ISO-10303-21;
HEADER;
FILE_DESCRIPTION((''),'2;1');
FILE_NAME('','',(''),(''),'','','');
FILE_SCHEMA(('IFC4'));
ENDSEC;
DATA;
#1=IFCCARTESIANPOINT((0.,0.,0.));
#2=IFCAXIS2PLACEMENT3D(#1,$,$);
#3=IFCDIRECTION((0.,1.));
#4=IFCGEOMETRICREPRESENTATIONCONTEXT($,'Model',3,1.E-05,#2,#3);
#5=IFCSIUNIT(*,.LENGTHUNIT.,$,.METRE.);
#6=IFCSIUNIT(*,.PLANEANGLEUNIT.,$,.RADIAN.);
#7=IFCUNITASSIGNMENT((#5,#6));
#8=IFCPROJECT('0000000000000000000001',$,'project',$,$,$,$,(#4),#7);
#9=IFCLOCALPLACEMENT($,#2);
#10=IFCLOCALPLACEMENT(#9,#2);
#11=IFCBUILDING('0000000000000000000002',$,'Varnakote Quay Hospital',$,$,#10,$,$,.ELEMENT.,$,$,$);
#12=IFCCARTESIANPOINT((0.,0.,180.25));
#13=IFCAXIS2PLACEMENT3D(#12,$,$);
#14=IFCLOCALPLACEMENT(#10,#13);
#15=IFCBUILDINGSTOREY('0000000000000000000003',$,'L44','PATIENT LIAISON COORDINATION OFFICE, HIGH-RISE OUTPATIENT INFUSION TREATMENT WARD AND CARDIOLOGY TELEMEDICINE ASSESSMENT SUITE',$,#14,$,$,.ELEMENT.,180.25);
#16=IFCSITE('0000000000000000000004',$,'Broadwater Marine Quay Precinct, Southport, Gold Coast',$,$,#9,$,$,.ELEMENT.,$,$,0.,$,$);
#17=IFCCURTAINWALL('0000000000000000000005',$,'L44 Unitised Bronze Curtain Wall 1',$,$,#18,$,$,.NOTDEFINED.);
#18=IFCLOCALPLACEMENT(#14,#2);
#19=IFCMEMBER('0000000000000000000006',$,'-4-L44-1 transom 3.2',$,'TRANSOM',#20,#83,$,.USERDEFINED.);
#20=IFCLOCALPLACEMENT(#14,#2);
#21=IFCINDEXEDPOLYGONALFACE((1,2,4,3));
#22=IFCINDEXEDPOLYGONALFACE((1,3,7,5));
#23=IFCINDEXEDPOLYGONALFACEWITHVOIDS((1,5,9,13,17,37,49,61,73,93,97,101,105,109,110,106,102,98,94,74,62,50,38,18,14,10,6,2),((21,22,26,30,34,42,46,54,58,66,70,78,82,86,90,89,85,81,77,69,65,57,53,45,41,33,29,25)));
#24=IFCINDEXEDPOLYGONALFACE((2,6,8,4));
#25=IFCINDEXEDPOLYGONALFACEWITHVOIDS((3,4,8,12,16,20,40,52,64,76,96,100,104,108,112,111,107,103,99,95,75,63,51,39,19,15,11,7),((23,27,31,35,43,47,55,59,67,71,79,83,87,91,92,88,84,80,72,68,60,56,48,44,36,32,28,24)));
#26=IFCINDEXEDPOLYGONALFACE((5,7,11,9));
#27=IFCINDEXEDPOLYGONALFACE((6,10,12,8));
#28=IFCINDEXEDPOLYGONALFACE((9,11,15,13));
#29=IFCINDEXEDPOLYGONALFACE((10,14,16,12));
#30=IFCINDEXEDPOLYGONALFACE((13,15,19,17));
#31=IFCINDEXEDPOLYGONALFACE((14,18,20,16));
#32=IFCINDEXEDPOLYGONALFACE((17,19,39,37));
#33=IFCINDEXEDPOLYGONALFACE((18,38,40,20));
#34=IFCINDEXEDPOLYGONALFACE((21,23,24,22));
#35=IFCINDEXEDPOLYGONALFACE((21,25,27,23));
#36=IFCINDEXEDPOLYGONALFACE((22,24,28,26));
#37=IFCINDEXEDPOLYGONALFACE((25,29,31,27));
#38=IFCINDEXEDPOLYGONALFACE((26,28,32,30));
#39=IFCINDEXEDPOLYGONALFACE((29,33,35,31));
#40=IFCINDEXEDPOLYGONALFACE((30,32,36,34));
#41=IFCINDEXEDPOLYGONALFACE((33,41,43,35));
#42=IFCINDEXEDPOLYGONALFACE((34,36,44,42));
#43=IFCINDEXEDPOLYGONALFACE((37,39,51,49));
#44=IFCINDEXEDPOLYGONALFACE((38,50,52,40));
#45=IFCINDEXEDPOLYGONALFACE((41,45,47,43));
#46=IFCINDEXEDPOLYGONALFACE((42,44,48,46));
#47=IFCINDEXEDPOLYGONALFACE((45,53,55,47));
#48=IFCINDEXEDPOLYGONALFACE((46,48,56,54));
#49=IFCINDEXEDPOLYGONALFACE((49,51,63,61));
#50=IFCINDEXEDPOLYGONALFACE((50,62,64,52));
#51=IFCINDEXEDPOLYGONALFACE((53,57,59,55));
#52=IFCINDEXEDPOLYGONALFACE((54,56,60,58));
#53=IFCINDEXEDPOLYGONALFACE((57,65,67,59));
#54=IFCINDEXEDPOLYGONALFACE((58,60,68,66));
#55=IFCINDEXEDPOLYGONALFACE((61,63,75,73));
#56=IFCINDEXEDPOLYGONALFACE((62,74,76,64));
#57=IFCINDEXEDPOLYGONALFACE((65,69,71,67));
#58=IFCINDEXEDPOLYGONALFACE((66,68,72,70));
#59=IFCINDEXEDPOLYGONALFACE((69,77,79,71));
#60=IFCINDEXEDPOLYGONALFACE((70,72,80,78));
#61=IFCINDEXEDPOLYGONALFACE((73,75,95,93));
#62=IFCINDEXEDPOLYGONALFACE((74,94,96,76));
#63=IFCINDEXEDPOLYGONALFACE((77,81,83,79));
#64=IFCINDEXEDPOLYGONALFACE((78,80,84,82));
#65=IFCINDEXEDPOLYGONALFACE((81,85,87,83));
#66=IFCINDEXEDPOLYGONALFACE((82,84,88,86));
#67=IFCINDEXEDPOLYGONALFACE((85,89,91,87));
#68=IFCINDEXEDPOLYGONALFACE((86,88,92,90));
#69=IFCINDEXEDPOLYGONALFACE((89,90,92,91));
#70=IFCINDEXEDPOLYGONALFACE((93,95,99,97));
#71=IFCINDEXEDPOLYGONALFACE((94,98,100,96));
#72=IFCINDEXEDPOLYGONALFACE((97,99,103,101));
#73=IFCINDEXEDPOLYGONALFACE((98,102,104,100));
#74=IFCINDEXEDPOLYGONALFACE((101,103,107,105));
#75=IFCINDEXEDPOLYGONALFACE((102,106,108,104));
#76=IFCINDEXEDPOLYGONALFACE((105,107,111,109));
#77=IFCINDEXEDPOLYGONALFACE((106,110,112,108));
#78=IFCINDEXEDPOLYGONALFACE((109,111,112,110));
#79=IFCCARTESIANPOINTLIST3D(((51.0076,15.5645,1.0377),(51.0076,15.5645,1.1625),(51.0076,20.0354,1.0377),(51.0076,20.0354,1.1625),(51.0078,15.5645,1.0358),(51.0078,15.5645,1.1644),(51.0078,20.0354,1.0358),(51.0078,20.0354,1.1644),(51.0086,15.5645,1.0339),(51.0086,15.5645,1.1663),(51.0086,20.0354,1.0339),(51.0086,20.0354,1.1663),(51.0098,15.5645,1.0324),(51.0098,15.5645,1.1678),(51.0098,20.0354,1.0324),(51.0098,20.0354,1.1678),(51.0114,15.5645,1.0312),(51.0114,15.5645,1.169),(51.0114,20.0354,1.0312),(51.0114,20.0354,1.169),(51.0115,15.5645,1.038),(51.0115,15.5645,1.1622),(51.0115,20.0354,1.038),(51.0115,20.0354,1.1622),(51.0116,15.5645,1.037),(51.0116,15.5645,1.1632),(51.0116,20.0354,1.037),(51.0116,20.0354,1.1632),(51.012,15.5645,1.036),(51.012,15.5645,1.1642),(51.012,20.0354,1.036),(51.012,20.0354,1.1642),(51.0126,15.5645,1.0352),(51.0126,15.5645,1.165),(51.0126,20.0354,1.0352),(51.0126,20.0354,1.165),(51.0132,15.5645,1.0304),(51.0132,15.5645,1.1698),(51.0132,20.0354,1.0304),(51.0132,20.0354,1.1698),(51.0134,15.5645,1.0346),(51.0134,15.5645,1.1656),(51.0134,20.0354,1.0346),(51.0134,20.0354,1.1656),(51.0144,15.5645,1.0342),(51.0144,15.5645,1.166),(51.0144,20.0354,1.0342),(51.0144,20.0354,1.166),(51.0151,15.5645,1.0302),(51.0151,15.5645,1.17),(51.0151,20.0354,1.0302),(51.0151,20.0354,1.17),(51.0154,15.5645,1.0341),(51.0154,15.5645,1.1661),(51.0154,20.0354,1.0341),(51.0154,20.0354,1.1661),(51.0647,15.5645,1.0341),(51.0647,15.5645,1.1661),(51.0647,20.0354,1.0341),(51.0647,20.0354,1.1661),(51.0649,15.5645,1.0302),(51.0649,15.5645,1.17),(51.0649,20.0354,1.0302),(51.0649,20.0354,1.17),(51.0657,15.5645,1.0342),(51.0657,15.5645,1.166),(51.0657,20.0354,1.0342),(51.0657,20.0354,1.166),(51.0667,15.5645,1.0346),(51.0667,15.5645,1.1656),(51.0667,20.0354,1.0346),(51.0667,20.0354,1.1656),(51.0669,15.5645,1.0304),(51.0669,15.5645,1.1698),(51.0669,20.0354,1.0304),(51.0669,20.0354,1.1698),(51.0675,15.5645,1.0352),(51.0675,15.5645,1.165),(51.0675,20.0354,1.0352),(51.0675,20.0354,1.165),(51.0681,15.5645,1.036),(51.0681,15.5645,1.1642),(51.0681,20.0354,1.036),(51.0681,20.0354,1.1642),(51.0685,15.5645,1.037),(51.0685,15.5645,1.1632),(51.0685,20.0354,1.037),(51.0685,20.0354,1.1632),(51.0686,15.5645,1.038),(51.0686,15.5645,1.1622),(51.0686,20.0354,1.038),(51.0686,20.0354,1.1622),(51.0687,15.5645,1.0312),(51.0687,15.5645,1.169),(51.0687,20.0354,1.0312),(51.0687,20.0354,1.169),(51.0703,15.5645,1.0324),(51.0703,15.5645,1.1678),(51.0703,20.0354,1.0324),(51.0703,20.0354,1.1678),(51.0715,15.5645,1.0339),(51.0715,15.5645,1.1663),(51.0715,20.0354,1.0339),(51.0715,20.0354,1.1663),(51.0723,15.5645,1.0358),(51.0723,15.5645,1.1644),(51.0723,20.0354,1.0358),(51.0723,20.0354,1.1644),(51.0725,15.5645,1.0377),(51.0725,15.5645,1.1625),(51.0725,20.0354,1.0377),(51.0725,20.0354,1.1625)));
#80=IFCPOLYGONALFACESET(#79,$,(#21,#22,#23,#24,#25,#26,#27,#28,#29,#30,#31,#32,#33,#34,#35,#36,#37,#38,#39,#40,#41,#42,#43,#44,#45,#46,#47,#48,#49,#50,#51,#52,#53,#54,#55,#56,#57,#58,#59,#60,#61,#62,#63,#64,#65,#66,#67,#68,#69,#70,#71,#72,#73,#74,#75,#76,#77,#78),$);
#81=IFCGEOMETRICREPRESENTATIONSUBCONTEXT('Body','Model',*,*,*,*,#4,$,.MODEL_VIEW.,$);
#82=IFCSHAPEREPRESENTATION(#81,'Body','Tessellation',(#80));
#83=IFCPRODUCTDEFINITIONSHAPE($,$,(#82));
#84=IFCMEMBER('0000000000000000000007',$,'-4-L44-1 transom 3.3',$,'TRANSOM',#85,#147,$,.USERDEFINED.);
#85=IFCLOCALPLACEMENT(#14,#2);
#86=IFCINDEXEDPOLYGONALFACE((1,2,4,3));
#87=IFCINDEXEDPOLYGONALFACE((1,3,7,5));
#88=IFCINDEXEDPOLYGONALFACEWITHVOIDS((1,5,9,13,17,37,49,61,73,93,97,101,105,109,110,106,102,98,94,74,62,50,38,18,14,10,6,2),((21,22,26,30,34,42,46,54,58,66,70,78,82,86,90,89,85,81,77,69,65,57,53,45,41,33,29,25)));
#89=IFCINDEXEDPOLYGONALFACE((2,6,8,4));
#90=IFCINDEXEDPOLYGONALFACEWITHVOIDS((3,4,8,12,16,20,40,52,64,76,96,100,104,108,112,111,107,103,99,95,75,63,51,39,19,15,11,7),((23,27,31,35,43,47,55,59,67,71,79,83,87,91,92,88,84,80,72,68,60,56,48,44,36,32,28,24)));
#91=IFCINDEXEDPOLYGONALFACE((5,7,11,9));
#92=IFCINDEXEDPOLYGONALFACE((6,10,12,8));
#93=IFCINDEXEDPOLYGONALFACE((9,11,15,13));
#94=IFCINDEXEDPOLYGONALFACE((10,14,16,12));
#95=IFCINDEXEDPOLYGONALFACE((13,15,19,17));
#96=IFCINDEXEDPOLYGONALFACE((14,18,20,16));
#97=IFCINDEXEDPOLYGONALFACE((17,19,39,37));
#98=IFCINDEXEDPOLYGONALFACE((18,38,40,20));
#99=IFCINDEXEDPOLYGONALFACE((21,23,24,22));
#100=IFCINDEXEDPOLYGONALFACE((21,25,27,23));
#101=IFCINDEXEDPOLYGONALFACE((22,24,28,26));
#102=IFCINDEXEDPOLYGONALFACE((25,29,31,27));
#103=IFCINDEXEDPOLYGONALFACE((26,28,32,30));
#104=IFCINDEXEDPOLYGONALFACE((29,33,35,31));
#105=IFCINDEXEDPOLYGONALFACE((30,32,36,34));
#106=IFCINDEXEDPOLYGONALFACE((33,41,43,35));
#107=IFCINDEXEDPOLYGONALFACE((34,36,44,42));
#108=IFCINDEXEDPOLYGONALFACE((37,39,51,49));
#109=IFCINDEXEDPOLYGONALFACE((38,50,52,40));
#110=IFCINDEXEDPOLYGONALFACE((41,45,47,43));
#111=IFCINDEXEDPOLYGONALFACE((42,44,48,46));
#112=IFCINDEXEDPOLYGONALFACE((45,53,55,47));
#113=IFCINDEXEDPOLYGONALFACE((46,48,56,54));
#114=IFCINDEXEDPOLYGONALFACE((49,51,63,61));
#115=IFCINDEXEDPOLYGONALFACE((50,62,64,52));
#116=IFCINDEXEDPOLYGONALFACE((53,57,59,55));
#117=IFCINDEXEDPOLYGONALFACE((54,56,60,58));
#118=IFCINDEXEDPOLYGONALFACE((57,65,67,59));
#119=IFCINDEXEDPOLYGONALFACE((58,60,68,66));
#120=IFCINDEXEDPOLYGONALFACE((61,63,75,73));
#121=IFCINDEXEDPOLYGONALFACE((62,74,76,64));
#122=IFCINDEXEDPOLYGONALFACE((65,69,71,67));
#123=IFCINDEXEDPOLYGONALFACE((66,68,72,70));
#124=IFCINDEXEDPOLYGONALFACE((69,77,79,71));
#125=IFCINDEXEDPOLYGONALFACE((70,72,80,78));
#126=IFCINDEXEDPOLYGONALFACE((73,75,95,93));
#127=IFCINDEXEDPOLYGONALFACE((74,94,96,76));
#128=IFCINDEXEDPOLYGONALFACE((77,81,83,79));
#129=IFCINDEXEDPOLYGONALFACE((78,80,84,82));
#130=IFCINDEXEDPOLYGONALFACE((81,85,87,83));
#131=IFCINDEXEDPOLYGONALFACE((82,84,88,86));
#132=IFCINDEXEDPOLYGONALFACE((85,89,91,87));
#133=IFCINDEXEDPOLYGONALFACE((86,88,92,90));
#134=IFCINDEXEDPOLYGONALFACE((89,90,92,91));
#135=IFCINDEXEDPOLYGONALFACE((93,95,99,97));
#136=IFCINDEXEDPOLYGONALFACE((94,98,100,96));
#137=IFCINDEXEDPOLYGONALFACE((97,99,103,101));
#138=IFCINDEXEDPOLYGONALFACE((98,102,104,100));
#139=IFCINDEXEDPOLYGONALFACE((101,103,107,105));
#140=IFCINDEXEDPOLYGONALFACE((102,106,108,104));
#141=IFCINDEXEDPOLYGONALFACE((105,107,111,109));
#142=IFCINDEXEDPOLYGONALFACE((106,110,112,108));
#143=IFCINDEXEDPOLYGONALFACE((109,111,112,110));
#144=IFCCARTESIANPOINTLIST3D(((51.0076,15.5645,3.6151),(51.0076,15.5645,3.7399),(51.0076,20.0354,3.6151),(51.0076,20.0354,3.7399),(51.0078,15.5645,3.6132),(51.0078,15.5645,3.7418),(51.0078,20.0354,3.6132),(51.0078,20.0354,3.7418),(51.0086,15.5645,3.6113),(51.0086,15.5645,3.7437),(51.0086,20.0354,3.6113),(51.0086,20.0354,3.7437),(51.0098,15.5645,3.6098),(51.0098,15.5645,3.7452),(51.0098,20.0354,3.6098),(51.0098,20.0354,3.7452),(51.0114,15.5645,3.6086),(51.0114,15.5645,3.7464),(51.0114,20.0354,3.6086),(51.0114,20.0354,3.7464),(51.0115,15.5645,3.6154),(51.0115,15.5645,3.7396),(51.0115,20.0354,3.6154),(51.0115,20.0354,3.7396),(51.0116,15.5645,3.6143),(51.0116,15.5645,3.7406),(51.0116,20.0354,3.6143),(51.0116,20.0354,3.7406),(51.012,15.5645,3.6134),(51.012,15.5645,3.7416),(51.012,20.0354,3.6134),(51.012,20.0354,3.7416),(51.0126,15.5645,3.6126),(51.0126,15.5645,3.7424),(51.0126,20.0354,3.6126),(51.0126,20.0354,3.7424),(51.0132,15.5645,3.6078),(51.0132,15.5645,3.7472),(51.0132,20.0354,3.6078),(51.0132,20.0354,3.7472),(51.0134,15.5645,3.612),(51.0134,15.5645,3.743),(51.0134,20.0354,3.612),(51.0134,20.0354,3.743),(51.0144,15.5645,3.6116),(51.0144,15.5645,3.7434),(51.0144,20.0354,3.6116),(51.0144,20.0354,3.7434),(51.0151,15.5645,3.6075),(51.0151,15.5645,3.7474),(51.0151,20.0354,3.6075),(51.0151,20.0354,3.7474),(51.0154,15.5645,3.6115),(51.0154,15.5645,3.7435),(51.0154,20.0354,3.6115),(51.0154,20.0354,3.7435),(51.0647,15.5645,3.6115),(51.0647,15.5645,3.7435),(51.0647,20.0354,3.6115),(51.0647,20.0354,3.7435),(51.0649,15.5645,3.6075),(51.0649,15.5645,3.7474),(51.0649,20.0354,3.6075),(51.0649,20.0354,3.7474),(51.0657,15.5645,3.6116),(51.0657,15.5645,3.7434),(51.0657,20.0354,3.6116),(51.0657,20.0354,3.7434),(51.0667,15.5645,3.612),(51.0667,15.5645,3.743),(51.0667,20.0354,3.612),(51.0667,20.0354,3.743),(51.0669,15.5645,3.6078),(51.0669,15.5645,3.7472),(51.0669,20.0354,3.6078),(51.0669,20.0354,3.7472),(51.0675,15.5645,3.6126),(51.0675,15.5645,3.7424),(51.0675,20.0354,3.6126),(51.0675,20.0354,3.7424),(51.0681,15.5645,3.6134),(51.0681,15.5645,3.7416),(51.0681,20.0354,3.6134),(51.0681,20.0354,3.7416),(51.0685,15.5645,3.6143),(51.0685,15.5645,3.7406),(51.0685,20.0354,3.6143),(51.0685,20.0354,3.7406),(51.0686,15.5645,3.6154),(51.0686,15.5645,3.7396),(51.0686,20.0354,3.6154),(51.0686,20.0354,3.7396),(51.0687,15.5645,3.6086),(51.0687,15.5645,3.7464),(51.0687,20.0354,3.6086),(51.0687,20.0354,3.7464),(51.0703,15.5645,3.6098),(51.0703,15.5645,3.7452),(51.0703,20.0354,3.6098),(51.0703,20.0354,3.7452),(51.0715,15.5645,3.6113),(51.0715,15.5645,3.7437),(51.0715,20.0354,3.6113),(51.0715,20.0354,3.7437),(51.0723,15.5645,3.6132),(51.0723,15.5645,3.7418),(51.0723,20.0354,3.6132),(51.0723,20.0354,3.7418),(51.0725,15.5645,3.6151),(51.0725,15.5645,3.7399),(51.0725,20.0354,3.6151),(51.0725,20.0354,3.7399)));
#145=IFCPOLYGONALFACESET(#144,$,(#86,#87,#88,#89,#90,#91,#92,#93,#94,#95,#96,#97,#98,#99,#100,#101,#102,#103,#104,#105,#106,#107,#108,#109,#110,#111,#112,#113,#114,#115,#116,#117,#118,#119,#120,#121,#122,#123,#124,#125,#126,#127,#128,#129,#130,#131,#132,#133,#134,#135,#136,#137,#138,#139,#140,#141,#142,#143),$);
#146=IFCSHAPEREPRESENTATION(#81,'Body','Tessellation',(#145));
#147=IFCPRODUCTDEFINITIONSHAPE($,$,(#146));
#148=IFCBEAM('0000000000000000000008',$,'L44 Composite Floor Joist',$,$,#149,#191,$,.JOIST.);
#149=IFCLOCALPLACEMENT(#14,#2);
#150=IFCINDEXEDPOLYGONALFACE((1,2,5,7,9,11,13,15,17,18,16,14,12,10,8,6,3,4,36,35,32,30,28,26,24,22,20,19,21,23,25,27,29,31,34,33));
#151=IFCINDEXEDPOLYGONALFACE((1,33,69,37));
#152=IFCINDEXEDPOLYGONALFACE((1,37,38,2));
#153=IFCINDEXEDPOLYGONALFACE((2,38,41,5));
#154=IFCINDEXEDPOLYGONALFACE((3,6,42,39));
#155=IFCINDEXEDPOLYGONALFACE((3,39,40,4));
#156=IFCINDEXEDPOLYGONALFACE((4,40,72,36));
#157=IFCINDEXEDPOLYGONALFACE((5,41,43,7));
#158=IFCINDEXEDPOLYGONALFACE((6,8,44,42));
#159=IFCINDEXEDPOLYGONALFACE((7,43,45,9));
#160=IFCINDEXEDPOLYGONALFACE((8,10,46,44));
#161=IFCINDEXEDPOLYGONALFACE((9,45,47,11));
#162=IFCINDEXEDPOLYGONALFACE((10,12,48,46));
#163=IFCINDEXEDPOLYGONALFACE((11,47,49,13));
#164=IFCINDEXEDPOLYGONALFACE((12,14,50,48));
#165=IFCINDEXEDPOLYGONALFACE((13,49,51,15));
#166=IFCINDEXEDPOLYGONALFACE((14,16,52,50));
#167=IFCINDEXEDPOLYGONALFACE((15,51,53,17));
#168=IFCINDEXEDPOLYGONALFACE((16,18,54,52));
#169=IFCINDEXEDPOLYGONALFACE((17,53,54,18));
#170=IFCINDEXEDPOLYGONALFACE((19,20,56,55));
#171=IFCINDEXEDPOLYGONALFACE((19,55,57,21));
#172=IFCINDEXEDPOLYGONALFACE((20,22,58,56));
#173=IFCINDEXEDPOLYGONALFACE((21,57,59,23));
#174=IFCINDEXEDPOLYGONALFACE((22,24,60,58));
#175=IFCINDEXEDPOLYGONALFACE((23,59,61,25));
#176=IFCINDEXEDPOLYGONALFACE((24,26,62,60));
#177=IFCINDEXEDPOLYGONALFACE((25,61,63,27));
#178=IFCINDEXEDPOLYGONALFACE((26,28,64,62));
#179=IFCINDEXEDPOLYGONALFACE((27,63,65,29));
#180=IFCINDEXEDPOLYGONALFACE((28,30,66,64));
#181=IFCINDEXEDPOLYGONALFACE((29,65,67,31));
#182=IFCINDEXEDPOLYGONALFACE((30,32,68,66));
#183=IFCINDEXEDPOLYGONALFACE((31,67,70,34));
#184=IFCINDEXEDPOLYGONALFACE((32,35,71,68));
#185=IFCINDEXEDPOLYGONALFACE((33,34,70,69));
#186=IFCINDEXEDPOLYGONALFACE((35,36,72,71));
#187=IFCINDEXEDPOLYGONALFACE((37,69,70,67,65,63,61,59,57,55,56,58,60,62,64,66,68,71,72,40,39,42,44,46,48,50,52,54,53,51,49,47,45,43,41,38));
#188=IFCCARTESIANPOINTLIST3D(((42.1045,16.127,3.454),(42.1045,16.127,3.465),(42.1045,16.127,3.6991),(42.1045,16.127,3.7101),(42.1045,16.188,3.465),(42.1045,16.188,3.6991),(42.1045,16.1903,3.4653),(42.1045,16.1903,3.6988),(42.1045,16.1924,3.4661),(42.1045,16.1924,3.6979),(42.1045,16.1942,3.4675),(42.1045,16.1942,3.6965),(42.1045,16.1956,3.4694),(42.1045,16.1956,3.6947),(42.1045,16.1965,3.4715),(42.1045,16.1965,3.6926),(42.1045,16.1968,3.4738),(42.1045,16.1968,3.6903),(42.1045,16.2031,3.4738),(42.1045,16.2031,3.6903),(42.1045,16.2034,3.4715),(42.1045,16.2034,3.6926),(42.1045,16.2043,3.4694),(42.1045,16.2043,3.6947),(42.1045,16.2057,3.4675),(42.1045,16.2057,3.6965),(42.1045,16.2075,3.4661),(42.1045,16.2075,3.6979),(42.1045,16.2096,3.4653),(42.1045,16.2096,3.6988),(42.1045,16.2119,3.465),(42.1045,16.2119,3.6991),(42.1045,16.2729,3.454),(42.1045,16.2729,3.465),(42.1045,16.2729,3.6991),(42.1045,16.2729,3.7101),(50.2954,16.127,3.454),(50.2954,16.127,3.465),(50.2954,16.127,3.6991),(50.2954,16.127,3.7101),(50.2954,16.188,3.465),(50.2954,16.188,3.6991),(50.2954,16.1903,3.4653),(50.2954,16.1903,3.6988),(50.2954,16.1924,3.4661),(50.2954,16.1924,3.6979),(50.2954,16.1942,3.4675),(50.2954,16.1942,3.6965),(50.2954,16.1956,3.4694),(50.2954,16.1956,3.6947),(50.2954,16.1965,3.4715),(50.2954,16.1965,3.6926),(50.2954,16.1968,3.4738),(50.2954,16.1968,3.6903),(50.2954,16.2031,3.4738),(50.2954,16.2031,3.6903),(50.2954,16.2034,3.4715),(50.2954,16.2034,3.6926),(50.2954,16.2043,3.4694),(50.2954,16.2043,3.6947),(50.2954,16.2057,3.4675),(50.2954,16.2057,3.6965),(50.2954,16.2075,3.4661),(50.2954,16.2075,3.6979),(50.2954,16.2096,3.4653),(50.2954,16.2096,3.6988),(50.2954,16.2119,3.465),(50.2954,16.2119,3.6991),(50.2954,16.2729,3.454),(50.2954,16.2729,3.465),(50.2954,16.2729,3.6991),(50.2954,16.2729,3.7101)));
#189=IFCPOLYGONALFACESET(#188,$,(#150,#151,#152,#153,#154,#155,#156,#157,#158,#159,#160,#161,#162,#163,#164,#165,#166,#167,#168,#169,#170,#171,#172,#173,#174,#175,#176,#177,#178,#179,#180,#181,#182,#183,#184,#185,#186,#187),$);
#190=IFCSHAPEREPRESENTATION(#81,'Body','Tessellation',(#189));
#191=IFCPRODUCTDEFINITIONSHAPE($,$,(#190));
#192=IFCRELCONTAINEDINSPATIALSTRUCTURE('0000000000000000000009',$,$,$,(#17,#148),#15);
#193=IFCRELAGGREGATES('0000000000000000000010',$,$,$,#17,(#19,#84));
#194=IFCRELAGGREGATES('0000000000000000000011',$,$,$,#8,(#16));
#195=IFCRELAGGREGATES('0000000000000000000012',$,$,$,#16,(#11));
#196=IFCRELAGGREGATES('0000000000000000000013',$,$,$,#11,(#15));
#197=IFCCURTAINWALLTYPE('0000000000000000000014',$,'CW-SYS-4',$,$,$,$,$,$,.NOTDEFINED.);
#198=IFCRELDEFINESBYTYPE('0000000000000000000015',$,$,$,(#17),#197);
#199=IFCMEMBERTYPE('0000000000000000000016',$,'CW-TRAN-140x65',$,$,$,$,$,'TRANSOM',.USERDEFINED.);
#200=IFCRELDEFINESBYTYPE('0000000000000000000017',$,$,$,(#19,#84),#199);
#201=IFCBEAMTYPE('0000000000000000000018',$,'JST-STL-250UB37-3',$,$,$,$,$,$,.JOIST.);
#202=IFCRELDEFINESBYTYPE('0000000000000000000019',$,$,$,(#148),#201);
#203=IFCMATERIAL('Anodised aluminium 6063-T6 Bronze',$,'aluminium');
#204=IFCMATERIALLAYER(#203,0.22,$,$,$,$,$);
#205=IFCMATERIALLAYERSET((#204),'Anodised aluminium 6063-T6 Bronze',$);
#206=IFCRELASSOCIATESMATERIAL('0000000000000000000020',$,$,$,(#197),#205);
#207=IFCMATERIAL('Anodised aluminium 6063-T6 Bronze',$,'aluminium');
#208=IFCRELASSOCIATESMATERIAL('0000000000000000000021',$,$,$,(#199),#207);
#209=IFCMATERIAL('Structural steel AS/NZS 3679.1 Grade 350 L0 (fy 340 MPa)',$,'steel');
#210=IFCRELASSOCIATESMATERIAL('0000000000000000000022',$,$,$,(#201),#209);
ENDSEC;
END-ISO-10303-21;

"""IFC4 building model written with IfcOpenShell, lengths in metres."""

from ifc_helpers import new_model, si_unit, direction, frame, origin, origin_2d, place, context, subcontext, project, spatial, hollow_rectangle, i_section, extrude, material, layer, layer_set, material_profile, profile_set, type_object, element, aggregate, save


model = new_model("IFC4")

# Units and contexts
model_context = context("Model", 3, precision=1e-05, world=origin(), true_north=direction((0.0, 1.0)))
body_context = subcontext(model_context, "Body", "Model", "MODEL_VIEW")
ifc_project = project(units=[si_unit("LENGTHUNIT", "METRE"), si_unit("PLANEANGLEUNIT", "RADIAN")], contexts=[model_context])

# Site, building, storey
site_placement = place(None, origin())
site = spatial("IfcSite", under=ifc_project, at=site_placement, Name="Broadwater Marine Quay Precinct, Southport, Gold Coast", CompositionType="ELEMENT", RefElevation=0.0)
building_placement = place(site_placement, origin())
building = spatial("IfcBuilding", under=site, at=building_placement, Name="Varnakote Quay Hospital", CompositionType="ELEMENT")
storey_placement = place(building_placement, frame((0.0, 0.0, 180.25)))
storey = spatial("IfcBuildingStorey", under=building, at=storey_placement, Name="L44", Description="PATIENT LIAISON COORDINATION OFFICE, HIGH-RISE OUTPATIENT INFUSION TREATMENT WARD AND CARDIOLOGY TELEMEDICINE ASSESSMENT SUITE", CompositionType="ELEMENT", Elevation=180.25)

# Curtain wall, members
ifc_material_1 = material(Name="Anodised aluminium 6063-T6 Bronze", Category="aluminium")
ifc_layer_1 = layer(ifc_material_1, 0.22)
ifc_layer_set_1 = layer_set([ifc_layer_1], Name="Anodised aluminium 6063-T6 Bronze")
curtain_wall_type = type_object("IfcCurtainWallType", Name="CW-SYS-4", PredefinedType="NOTDEFINED", material=ifc_layer_set_1)
curtain_wall_placement = place(storey_placement, origin())
curtain_wall = element("IfcCurtainWall", 1, at=curtain_wall_placement, inside=storey, type_object=curtain_wall_type, Name="L44 Unitised Bronze Curtain Wall 1", PredefinedType="NOTDEFINED")
ifc_material_2 = material(Name="Anodised aluminium 6063-T6 Bronze", Category="aluminium")
ifc_material_profile_1 = material_profile(ifc_material_2, hollow_rectangle(XDim=0.0649, YDim=0.1399, WallThickness=0.0039, InnerFilletRadius=0.0039, OuterFilletRadius=0.0076, at=origin_2d()), Name="CW-TRAN-140x65")
ifc_profile_set_1 = profile_set([ifc_material_profile_1], Name="Anodised aluminium 6063-T6 Bronze")
member_type_1 = type_object("IfcMemberType", Name="CW-TRAN-140x65", ElementType="TRANSOM", PredefinedType="USERDEFINED", material=ifc_profile_set_1)
member_1_placement = place(storey_placement, frame((51.04, 15.5645, 1.1001), z_axis=(0.0, 1.0, 0.0), x_axis=(-1.0, 0.0, 0.0)))
member_1 = element("IfcMember", 2, at=member_1_placement, type_object=member_type_1, Name="-4-L44-1 transom 3.2", ObjectType="TRANSOM", PredefinedType="USERDEFINED", context=body_context, shape_type="SweptSolid", body=[
    extrude(hollow_rectangle(XDim=0.0649, YDim=0.1399, WallThickness=0.0039, InnerFilletRadius=0.0039, OuterFilletRadius=0.0076, at=origin_2d()), origin(), (0.0, 0.0, 1.0), 4.4709),
])
member_2_placement = place(storey_placement, frame((51.04, 15.5645, 3.6775), z_axis=(0.0, 1.0, 0.0), x_axis=(-1.0, 0.0, 0.0)))
member_2 = element("IfcMember", 3, at=member_2_placement, type_object=member_type_1, Name="-4-L44-1 transom 3.3", ObjectType="TRANSOM", PredefinedType="USERDEFINED", context=body_context, shape_type="SweptSolid", body=[
    extrude(hollow_rectangle(XDim=0.0649, YDim=0.1399, WallThickness=0.0039, InnerFilletRadius=0.0039, OuterFilletRadius=0.0076, at=origin_2d()), origin(), (0.0, 0.0, 1.0), 4.4709),
])

# Beam
ifc_material_3 = material(Name="Structural steel AS/NZS 3679.1 Grade 350 L0 (fy 340 MPa)", Category="steel")
ifc_material_profile_2 = material_profile(ifc_material_3, i_section(OverallWidth=0.146, OverallDepth=0.2561, WebThickness=0.0063, FlangeThickness=0.011, FilletRadius=0.0088, at=origin_2d()), Name="250UB37.3")
ifc_profile_set_2 = profile_set([ifc_material_profile_2], Name="Structural steel AS/NZS 3679.1 Grade 350 L0 (fy 340 MPa)")
beam_type_1 = type_object("IfcBeamType", Name="JST-STL-250UB37-3", PredefinedType="JOIST", material=ifc_profile_set_2)
beam_1_placement = place(storey_placement, frame((42.1045, 16.2, 3.582), z_axis=(1.0, 0.0, 0.0), x_axis=(0.0, 1.0, 0.0)))
element("IfcBeam", 4, at=beam_1_placement, inside=storey, type_object=beam_type_1, Name="L44 Composite Floor Joist", PredefinedType="JOIST", context=body_context, shape_type="SweptSolid", body=[
    extrude(i_section(OverallWidth=0.146, OverallDepth=0.2561, WebThickness=0.0063, FlangeThickness=0.011, FilletRadius=0.0088, at=origin_2d()), origin(), (0.0, 0.0, 1.0), 8.1909),
])

aggregate(curtain_wall, [member_1, member_2])

save(model, "model.ifc")
